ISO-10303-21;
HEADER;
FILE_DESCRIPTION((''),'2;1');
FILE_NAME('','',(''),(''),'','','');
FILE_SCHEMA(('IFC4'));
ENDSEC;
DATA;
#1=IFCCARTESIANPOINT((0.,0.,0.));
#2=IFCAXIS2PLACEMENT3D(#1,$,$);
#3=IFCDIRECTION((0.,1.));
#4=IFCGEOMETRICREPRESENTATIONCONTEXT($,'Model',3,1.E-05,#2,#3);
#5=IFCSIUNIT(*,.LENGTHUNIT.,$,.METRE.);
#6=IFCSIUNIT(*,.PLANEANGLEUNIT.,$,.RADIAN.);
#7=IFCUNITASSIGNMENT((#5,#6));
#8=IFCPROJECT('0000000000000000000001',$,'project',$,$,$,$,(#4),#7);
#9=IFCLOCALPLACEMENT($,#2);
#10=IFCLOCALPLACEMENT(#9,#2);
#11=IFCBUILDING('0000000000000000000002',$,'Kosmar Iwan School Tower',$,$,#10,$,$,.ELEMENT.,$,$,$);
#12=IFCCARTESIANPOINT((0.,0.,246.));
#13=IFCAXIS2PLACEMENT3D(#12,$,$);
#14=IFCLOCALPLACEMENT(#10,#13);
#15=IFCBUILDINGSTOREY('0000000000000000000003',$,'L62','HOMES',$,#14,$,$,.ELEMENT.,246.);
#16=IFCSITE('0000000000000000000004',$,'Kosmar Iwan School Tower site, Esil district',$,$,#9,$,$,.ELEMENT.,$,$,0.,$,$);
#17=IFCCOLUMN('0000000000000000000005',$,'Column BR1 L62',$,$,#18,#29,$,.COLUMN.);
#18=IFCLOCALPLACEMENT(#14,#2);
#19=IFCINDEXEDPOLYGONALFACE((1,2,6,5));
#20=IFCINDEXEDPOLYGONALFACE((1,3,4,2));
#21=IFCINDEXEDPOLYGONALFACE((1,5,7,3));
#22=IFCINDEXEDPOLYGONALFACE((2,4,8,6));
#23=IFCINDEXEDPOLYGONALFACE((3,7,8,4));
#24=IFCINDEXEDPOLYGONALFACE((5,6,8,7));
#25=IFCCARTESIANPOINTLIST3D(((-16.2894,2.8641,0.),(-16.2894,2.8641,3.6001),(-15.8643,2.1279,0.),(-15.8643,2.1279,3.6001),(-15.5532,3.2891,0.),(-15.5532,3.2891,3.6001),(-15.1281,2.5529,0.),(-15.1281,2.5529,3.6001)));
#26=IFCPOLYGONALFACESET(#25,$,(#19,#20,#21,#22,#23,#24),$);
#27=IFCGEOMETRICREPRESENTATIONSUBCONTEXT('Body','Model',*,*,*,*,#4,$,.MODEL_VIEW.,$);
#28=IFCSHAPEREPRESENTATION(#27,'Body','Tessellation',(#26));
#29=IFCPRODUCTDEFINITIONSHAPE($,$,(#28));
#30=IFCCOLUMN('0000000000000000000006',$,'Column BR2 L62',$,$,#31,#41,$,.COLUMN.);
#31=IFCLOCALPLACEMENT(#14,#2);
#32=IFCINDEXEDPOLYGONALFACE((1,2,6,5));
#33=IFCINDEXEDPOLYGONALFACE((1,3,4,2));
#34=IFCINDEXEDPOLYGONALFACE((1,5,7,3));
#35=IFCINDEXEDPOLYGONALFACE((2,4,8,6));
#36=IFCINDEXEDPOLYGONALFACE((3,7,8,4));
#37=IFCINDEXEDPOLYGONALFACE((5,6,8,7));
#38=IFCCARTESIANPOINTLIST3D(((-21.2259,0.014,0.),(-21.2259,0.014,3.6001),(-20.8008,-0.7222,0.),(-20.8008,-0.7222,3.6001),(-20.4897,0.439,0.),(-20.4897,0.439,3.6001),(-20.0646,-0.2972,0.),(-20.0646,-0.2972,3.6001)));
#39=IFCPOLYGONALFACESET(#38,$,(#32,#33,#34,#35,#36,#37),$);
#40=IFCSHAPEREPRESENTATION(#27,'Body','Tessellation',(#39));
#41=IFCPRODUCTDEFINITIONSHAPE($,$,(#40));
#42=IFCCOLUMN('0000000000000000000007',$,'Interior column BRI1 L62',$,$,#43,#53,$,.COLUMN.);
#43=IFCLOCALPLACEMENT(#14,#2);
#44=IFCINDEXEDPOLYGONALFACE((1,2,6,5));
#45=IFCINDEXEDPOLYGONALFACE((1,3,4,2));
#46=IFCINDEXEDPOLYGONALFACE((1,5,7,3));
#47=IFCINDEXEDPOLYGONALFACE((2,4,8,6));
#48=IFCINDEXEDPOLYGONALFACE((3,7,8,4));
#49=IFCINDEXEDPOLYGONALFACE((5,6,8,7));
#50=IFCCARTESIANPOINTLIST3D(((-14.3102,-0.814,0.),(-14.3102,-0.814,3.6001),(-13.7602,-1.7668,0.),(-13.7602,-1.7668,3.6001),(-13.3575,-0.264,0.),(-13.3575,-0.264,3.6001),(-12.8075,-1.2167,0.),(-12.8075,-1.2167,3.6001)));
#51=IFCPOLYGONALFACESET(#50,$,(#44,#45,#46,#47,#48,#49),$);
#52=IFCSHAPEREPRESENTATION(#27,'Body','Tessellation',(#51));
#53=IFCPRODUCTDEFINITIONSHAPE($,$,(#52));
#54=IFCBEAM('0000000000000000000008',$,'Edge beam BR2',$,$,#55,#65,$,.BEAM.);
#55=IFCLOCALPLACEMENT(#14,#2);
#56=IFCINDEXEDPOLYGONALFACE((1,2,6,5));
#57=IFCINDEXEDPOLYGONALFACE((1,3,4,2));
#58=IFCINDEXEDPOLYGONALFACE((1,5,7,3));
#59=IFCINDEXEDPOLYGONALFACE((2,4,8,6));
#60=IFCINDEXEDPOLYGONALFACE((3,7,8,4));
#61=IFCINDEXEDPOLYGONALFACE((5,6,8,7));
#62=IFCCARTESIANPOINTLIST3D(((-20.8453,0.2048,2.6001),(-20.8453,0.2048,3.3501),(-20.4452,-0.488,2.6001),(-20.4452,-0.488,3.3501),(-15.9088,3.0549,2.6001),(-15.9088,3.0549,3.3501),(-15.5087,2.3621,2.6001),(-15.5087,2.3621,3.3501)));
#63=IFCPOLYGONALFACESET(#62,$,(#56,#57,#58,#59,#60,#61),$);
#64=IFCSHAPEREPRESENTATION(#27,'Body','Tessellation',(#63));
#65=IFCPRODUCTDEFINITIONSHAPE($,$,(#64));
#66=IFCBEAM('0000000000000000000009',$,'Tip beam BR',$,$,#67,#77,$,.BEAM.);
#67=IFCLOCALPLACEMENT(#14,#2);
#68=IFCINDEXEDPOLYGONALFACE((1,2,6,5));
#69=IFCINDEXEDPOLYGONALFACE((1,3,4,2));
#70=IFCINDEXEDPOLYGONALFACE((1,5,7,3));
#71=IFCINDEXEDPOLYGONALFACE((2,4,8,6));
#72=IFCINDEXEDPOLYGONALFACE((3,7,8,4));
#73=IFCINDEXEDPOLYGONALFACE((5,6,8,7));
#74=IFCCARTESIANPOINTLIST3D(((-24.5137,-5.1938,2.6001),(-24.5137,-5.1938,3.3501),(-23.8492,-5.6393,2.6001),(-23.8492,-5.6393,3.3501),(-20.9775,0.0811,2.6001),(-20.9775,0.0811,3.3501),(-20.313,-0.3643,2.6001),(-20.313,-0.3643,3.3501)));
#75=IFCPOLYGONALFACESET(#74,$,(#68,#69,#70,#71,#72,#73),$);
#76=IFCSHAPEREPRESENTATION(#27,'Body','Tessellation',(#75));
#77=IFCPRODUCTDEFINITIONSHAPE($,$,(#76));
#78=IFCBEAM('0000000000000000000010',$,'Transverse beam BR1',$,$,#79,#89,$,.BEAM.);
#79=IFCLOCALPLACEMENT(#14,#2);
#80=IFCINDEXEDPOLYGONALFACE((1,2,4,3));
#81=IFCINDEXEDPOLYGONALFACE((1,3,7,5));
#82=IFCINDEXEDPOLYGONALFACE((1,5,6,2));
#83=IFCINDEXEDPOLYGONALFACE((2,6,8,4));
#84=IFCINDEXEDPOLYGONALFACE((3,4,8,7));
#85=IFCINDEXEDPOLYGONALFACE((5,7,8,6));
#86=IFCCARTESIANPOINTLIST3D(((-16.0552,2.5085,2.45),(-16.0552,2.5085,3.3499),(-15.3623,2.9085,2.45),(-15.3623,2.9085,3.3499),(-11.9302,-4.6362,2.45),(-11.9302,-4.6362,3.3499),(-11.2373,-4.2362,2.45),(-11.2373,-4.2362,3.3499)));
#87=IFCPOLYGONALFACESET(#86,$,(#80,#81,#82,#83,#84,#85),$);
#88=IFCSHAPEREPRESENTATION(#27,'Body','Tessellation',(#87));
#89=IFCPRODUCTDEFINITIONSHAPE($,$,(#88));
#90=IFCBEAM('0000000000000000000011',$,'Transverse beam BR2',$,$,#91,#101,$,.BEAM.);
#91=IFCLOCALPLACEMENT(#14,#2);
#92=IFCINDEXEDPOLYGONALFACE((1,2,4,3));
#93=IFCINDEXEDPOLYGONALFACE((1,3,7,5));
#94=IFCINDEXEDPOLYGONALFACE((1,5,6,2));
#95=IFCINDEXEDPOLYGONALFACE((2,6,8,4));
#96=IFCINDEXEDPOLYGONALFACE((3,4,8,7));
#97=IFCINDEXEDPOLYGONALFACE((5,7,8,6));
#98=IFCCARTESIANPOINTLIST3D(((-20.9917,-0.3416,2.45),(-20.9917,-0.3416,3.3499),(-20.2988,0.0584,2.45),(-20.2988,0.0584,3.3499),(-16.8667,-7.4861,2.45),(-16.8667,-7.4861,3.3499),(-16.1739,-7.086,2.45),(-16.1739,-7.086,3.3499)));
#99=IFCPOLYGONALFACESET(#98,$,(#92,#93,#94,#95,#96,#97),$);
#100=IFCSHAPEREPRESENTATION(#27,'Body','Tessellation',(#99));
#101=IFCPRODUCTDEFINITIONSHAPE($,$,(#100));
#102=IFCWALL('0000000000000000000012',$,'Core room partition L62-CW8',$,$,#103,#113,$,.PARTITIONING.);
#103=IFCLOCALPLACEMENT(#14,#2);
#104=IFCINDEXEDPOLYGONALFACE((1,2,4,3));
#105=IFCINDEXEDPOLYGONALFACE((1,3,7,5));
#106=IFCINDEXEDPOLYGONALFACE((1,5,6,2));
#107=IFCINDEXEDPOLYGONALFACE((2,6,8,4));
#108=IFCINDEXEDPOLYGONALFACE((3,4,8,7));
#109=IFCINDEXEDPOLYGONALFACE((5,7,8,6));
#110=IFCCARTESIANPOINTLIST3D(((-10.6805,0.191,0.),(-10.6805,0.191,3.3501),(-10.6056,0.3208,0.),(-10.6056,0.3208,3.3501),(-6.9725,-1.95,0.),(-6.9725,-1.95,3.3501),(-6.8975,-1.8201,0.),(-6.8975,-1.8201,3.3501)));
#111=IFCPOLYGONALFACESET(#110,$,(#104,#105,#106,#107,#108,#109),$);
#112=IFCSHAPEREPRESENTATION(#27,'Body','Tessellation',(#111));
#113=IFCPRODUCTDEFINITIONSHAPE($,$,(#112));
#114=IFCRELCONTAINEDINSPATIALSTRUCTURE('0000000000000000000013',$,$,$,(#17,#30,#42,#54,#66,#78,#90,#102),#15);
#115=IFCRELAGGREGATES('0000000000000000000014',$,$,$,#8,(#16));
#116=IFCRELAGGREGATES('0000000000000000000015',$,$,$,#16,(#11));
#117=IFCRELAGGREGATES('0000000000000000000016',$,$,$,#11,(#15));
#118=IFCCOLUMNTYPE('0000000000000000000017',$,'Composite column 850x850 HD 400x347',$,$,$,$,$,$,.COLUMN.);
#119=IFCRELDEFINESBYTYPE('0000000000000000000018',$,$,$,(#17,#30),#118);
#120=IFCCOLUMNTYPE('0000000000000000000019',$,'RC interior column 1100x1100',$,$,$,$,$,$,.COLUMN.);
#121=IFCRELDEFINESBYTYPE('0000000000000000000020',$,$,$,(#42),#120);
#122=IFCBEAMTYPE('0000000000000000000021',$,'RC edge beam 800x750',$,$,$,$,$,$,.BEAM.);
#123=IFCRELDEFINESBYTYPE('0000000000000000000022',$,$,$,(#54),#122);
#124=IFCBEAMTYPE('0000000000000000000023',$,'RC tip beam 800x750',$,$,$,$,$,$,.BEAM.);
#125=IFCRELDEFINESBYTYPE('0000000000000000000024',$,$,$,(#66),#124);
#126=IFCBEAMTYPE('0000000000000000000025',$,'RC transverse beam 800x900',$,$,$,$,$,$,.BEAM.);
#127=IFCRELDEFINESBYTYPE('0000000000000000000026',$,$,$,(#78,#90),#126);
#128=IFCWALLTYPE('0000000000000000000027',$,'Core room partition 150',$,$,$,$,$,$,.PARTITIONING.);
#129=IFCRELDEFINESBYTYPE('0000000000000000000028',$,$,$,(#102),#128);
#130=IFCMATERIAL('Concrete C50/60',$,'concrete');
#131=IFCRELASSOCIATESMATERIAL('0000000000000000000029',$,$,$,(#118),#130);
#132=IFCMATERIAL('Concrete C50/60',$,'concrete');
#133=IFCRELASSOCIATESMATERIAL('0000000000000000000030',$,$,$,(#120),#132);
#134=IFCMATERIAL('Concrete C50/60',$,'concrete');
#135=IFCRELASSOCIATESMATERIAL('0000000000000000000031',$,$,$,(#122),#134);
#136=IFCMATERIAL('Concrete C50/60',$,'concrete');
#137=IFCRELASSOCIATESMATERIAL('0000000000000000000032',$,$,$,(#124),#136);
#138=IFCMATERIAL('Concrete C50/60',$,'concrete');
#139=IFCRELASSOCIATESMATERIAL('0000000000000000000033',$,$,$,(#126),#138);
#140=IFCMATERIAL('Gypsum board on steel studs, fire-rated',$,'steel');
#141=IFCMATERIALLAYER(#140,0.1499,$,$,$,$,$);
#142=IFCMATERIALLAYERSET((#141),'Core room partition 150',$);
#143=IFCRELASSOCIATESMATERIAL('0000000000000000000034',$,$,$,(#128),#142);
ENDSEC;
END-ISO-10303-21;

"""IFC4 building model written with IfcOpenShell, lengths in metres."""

from ifc_helpers import new_model, si_unit, direction, frame, frame_2d, origin, origin_2d, place, context, subcontext, project, spatial, rectangle, extrude, material, layer, layer_set, material_profile, profile_set, type_object, element, save


model = new_model("IFC4")

# Units and contexts
model_context = context("Model", 3, precision=1e-05, world=origin(), true_north=direction((0.0, 1.0)))
body_context = subcontext(model_context, "Body", "Model", "MODEL_VIEW")
ifc_project = project(units=[si_unit("LENGTHUNIT", "METRE"), si_unit("PLANEANGLEUNIT", "RADIAN")], contexts=[model_context])

# Site, building, storey
site_placement = place(None, origin())
site = spatial("IfcSite", under=ifc_project, at=site_placement, Name="Kosmar Iwan School Tower site, Esil district", CompositionType="ELEMENT", RefElevation=0.0)
building_placement = place(site_placement, origin())
building = spatial("IfcBuilding", under=site, at=building_placement, Name="Kosmar Iwan School Tower", CompositionType="ELEMENT")
storey_placement = place(building_placement, frame((0.0, 0.0, 246.0)))
storey = spatial("IfcBuildingStorey", under=building, at=storey_placement, Name="L62", Description="HOMES", CompositionType="ELEMENT", Elevation=246.0)

# Columns
ifc_material_1 = material(Name="Concrete C50/60", Category="concrete")
ifc_material_profile_1 = material_profile(ifc_material_1, rectangle(XDim=0.8501, YDim=0.8501, at=origin_2d()), Name="RC 850x850 + HD 400x347")
ifc_profile_set_1 = profile_set([ifc_material_profile_1], Name="Concrete C50/60")
column_type_1 = type_object("IfcColumnType", Name="Composite column 850x850 HD 400x347", PredefinedType="COLUMN", material=ifc_profile_set_1)
for number, where, z_axis, x_axis, name in (
    (1, (-15.7087, 2.7085, 0.0), (0.0, 0.0, 1.0), (-0.866025, -0.5, 0.0), "Column BR1 L62"),
    (2, (-20.6453, -0.1416, 0.0), (0.0, 0.0, 1.0), (-0.866025, -0.5, 0.0), "Column BR2 L62"),
):
    element("IfcColumn", number, at=place(storey_placement, frame(where, z_axis=z_axis, x_axis=x_axis)), inside=storey, type_object=column_type_1, Name=name, PredefinedType="COLUMN", context=body_context, shape_type="SweptSolid", body=[
        extrude(rectangle(XDim=0.8501, YDim=0.8501, at=origin_2d()), origin(), (0.0, 0.0, 1.0), 3.6001),
    ])
ifc_material_2 = material(Name="Concrete C50/60", Category="concrete")
ifc_material_profile_2 = material_profile(ifc_material_2, rectangle(XDim=1.1001, YDim=1.1001, at=origin_2d()), Name="RC 1100x1100")
ifc_profile_set_2 = profile_set([ifc_material_profile_2], Name="Concrete C50/60")
column_type_2 = type_object("IfcColumnType", Name="RC interior column 1100x1100", PredefinedType="COLUMN", material=ifc_profile_set_2)
column_placement = place(storey_placement, frame((-13.5588, -1.0154, 0.0), z_axis=(0.0, 0.0, 1.0), x_axis=(-0.866025, -0.5, 0.0)))
element("IfcColumn", 3, at=column_placement, inside=storey, type_object=column_type_2, Name="Interior column BRI1 L62", PredefinedType="COLUMN", context=body_context, shape_type="SweptSolid", body=[
    extrude(rectangle(XDim=1.1001, YDim=1.1001, at=origin_2d()), origin(), (0.0, 0.0, 1.0), 3.6001),
])

# Beams
ifc_material_3 = material(Name="Concrete C50/60", Category="concrete")
ifc_material_profile_3 = material_profile(ifc_material_3, rectangle(XDim=0.8, YDim=0.75, at=origin_2d()), Name="RC 800x750")
ifc_profile_set_3 = profile_set([ifc_material_profile_3], Name="Concrete C50/60")
beam_type_1 = type_object("IfcBeamType", Name="RC edge beam 800x750", PredefinedType="BEAM", material=ifc_profile_set_3)
beam_1_placement = place(storey_placement, frame((-15.7087, 2.7085, 2.9751), z_axis=(-0.866026, -0.499999, 0.0), x_axis=(0.499999, -0.866026, 0.0)))
element("IfcBeam", 4, at=beam_1_placement, inside=storey, type_object=beam_type_1, Name="Edge beam BR2", PredefinedType="BEAM", context=body_context, shape_type="SweptSolid", body=[
    extrude(rectangle(XDim=0.8, YDim=0.75, at=origin_2d()), origin(), (0.0, 0.0, 1.0), 5.7002),
])
ifc_material_4 = material(Name="Concrete C50/60", Category="concrete")
ifc_material_profile_4 = material_profile(ifc_material_4, rectangle(XDim=0.8, YDim=0.75, at=origin_2d()), Name="RC 800x750")
ifc_profile_set_4 = profile_set([ifc_material_profile_4], Name="Concrete C50/60")
beam_type_2 = type_object("IfcBeamType", Name="RC tip beam 800x750", PredefinedType="BEAM", material=ifc_profile_set_4)
beam_2_placement = place(storey_placement, frame((-20.6453, -0.1416, 2.9751), z_axis=(-0.556828, -0.830628, 0.0), x_axis=(0.830628, -0.556828, 0.0)))
element("IfcBeam", 5, at=beam_2_placement, inside=storey, type_object=beam_type_2, Name="Tip beam BR", PredefinedType="BEAM", context=body_context, shape_type="SweptSolid", body=[
    extrude(rectangle(XDim=0.8, YDim=0.75, at=origin_2d()), origin(), (0.0, 0.0, 1.0), 6.3506),
])
ifc_material_5 = material(Name="Concrete C50/60", Category="concrete")
ifc_material_profile_5 = material_profile(ifc_material_5, rectangle(XDim=0.8, YDim=0.8999, at=origin_2d()), Name="RC 800x900")
ifc_profile_set_5 = profile_set([ifc_material_profile_5], Name="Concrete C50/60")
beam_type_3 = type_object("IfcBeamType", Name="RC transverse beam 800x900", PredefinedType="BEAM", material=ifc_profile_set_5)
beam_3_placement = place(storey_placement, frame((-15.7087, 2.7085, 2.8999), z_axis=(0.499997, -0.866027, 0.0), x_axis=(0.866027, 0.499997, 0.0)))
element("IfcBeam", 6, at=beam_3_placement, inside=storey, type_object=beam_type_3, Name="Transverse beam BR1", PredefinedType="BEAM", context=body_context, shape_type="SweptSolid", body=[
    extrude(rectangle(XDim=0.8, YDim=0.8999, at=origin_2d()), origin(), (0.0, 0.0, 1.0), 8.25),
])
beam_4_placement = place(storey_placement, frame((-20.6453, -0.1416, 2.8999), z_axis=(0.500009, -0.86602, 0.0), x_axis=(0.86602, 0.500009, 0.0)))
element("IfcBeam", 7, at=beam_4_placement, inside=storey, type_object=beam_type_3, Name="Transverse beam BR2", PredefinedType="BEAM", context=body_context, shape_type="SweptSolid", body=[
    extrude(rectangle(XDim=0.8, YDim=0.8999, at=origin_2d()), origin(), (0.0, 0.0, 1.0), 8.2498),
])

# Wall
ifc_material_6 = material(Name="Gypsum board on steel studs, fire-rated", Category="steel")
ifc_layer_1 = layer(ifc_material_6, 0.1499)
ifc_layer_set_1 = layer_set([ifc_layer_1], Name="Core room partition 150")
wall_type_1 = type_object("IfcWallType", Name="Core room partition 150", PredefinedType="PARTITIONING", material=ifc_layer_set_1)
wall_1_placement = place(storey_placement, frame((-10.6431, 0.2559, 0.0), z_axis=(0.0, 0.0, 1.0), x_axis=(0.86602, -0.500009, 0.0)))
element("IfcWall", 8, at=wall_1_placement, inside=storey, type_object=wall_type_1, Name="Core room partition L62-CW8", PredefinedType="PARTITIONING", context=body_context, shape_type="SweptSolid", body=[
    extrude(rectangle(XDim=4.2817, YDim=0.1499, at=frame_2d((2.1409, 0.0))), origin(), (0.0, 0.0, 1.0), 3.3501),
])

save(model, "model.ifc")
